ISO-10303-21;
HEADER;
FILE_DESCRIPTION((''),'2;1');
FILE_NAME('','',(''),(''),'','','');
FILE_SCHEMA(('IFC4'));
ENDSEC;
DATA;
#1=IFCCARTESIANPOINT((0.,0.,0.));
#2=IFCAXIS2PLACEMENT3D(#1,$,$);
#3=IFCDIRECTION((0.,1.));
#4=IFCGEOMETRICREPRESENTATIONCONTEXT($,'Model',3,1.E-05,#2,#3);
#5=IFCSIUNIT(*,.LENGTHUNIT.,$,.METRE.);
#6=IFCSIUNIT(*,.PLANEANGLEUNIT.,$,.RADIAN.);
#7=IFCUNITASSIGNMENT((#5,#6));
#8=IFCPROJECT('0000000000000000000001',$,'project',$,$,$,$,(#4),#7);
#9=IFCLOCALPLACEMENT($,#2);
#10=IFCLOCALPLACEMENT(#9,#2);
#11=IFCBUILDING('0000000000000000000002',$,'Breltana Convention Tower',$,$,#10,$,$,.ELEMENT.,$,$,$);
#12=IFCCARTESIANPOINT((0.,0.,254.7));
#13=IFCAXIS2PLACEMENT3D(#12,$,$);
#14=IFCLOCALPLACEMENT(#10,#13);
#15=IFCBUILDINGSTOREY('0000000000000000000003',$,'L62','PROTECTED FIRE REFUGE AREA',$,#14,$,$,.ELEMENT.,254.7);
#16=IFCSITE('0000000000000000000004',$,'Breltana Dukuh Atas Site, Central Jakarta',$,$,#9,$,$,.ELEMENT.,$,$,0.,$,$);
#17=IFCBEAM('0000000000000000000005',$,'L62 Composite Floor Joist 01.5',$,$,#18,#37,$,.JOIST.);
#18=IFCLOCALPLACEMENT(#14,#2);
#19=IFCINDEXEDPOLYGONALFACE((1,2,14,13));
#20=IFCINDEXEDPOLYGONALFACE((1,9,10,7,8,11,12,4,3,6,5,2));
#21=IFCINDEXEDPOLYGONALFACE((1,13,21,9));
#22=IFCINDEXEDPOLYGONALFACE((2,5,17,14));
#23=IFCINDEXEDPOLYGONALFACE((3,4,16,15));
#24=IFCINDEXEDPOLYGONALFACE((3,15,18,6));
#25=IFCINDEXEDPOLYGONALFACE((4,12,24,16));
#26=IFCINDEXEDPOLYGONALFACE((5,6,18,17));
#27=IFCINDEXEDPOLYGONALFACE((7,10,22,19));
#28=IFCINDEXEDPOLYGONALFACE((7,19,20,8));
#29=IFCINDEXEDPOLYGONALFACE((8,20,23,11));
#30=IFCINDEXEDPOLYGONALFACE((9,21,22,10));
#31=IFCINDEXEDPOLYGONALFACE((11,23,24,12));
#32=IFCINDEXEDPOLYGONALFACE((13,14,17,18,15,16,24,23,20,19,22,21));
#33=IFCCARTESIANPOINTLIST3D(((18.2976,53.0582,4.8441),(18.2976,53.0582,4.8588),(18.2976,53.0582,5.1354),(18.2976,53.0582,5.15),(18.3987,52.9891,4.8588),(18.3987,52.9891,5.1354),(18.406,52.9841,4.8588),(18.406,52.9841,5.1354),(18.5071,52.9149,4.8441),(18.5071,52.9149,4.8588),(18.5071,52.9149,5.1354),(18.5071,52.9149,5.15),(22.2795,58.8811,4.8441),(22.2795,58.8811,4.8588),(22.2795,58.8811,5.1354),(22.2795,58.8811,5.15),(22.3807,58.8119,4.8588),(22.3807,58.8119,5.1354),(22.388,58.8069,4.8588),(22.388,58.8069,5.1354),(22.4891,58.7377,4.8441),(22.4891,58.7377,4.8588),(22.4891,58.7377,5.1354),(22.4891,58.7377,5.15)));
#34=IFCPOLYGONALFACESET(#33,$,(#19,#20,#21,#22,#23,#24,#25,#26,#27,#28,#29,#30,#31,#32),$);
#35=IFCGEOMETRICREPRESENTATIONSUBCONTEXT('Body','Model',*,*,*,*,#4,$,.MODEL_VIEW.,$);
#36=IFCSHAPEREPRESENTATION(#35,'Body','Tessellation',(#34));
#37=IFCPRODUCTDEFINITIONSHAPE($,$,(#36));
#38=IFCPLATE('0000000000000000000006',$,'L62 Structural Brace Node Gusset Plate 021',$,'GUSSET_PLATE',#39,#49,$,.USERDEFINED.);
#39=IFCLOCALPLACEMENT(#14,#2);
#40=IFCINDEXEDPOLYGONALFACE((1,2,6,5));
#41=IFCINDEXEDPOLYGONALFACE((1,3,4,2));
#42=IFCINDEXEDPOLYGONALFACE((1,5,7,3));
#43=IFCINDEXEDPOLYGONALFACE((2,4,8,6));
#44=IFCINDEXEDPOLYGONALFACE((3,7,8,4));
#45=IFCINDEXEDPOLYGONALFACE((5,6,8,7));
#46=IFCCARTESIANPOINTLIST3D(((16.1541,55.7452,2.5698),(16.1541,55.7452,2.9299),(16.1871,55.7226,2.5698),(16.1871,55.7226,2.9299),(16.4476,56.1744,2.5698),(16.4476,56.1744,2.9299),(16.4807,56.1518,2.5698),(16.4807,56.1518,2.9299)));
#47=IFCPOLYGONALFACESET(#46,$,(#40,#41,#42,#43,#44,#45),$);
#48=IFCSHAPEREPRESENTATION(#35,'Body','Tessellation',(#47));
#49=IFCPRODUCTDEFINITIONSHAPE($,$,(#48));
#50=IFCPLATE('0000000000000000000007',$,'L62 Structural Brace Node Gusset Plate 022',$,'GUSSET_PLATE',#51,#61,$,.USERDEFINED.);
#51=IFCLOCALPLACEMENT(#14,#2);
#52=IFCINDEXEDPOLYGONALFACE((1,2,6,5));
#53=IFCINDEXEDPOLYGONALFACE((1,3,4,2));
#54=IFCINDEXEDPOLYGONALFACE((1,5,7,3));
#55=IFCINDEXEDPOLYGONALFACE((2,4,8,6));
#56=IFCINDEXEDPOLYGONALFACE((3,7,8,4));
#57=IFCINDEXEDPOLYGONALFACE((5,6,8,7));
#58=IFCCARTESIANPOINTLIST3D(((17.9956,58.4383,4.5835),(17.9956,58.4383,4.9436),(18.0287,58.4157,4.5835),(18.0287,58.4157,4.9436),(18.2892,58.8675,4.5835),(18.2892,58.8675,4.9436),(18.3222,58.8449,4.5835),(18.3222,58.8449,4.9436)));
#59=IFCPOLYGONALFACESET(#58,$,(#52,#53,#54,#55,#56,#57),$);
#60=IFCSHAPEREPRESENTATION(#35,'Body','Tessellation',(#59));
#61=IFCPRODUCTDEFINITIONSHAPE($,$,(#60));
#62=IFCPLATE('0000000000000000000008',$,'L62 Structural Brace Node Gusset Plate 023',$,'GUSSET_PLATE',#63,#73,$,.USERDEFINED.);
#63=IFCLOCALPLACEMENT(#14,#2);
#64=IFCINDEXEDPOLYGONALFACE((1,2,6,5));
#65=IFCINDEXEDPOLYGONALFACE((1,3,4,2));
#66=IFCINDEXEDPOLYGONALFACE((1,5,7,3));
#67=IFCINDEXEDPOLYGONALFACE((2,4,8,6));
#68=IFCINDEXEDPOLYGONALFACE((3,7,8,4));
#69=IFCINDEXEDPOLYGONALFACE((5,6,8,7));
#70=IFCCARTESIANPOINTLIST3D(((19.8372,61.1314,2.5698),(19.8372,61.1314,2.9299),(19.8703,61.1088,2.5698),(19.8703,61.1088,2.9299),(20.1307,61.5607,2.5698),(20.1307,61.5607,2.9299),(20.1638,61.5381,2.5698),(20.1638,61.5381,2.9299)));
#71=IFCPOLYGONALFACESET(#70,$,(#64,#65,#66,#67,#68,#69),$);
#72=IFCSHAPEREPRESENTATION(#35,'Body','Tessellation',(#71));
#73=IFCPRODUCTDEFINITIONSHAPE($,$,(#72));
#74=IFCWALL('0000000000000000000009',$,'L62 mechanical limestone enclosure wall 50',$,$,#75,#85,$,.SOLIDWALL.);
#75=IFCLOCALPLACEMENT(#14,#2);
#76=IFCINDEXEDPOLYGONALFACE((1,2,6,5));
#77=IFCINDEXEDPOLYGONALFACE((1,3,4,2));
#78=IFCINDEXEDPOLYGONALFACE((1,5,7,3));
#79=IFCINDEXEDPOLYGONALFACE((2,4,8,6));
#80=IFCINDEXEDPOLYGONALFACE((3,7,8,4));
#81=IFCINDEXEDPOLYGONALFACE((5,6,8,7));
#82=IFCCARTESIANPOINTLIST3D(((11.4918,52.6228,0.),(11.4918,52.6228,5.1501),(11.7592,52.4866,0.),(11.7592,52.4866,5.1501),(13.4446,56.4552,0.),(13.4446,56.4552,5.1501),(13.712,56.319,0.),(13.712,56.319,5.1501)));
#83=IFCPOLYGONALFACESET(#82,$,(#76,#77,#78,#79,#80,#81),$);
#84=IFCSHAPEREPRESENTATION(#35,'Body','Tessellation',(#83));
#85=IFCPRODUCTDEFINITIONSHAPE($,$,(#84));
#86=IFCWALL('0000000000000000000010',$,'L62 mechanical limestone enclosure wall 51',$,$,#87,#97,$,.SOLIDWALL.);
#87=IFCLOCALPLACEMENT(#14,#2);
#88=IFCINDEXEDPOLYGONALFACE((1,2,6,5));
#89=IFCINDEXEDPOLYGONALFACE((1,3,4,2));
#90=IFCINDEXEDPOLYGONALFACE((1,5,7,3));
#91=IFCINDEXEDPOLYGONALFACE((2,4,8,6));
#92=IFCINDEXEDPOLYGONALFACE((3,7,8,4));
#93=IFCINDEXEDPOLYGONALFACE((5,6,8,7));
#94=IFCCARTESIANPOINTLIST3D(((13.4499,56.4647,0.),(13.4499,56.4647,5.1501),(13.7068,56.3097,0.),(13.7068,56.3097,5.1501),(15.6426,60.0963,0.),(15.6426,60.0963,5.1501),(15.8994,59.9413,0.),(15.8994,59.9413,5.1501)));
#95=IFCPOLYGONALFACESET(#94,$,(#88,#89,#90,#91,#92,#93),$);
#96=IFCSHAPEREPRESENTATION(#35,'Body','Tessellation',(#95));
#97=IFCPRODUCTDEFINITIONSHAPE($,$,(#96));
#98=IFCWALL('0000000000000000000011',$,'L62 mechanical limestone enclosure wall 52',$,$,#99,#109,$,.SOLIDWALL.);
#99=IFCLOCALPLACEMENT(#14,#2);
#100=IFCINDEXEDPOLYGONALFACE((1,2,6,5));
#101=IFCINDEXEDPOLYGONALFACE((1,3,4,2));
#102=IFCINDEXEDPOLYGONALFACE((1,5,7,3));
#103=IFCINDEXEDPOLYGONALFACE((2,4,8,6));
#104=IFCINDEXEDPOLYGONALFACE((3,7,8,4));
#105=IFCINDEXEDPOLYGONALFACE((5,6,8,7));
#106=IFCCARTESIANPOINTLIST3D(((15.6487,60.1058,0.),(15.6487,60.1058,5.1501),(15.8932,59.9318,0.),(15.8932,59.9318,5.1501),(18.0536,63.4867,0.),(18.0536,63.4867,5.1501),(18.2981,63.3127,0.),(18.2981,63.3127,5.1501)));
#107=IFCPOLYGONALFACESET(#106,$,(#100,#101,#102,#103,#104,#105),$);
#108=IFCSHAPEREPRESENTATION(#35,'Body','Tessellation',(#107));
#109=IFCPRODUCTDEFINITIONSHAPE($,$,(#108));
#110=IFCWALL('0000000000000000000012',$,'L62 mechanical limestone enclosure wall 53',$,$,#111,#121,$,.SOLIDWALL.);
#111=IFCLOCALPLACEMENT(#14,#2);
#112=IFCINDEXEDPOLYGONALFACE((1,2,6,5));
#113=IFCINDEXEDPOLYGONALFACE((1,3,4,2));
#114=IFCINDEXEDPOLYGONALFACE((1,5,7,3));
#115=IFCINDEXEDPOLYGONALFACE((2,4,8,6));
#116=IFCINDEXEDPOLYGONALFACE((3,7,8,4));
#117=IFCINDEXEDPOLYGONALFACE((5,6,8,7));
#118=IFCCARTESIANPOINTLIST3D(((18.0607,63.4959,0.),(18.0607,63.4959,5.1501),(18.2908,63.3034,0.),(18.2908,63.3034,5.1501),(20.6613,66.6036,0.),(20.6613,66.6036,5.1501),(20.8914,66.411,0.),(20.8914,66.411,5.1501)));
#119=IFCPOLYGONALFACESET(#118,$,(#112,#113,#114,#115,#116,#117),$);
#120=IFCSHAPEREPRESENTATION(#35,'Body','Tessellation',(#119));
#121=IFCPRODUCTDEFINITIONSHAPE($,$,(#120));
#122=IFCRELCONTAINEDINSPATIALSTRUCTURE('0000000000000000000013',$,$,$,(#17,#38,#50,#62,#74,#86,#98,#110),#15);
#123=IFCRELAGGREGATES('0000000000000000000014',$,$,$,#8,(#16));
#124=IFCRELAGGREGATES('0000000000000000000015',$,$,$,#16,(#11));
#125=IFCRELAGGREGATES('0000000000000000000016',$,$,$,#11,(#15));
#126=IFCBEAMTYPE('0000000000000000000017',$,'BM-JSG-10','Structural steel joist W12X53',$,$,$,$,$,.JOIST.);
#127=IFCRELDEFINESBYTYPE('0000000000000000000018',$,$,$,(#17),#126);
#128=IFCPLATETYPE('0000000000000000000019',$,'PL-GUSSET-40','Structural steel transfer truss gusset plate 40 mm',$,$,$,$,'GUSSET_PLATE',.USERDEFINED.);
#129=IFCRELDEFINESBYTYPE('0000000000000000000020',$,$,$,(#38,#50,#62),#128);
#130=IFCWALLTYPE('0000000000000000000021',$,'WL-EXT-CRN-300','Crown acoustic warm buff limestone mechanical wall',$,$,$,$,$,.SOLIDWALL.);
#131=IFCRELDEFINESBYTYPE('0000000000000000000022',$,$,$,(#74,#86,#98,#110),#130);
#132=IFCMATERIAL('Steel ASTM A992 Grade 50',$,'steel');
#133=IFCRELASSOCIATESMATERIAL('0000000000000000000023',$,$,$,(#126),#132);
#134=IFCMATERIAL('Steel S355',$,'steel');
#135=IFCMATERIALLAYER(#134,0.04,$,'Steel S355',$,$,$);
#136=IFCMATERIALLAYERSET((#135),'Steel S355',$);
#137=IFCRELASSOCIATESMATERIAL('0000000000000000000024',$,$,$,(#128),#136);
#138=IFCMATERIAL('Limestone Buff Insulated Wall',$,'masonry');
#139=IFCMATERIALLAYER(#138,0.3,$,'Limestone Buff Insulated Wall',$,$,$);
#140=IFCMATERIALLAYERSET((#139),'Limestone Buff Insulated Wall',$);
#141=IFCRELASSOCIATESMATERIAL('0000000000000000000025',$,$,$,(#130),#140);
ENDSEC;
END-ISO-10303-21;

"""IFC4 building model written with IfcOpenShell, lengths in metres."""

from ifc_helpers import new_model, si_unit, direction, frame, frame_2d, origin, origin_2d, place, context, subcontext, project, spatial, rectangle, i_section, extrude, source, transform, mapped, material, layer, layer_set, material_profile, profile_set, type_object, element, save


model = new_model("IFC4")

# Units and contexts
model_context = context("Model", 3, precision=1e-05, world=origin(), true_north=direction((0.0, 1.0)))
body_context = subcontext(model_context, "Body", "Model", "MODEL_VIEW")
ifc_project = project(units=[si_unit("LENGTHUNIT", "METRE"), si_unit("PLANEANGLEUNIT", "RADIAN")], contexts=[model_context])

# Site, building, storey
site_placement = place(None, origin())
site = spatial("IfcSite", under=ifc_project, at=site_placement, Name="Breltana Dukuh Atas Site, Central Jakarta", CompositionType="ELEMENT", RefElevation=0.0)
building_placement = place(site_placement, origin())
building = spatial("IfcBuilding", under=site, at=building_placement, Name="Breltana Convention Tower", CompositionType="ELEMENT")
storey_placement = place(building_placement, frame((0.0, 0.0, 254.7)))
storey = spatial("IfcBuildingStorey", under=building, at=storey_placement, Name="L62", Description="PROTECTED FIRE REFUGE AREA", CompositionType="ELEMENT", Elevation=254.7)

# Shared definitions
ifc_material_1 = material(Name="Steel ASTM A992 Grade 50", Category="steel")

# Beam
ifc_material_profile_1 = material_profile(ifc_material_1, i_section(OverallWidth=0.2539, OverallDepth=0.3059, WebThickness=0.0088, FlangeThickness=0.0146, at=origin_2d()), Name="W12X53")
ifc_profile_set_1 = profile_set([ifc_material_profile_1], Name="Steel ASTM A992 Grade 50")
beam_type_1 = type_object("IfcBeamType", Name="BM-JSG-10", Description="Structural steel joist W12X53", PredefinedType="JOIST", material=ifc_profile_set_1)
shared_shape_1 = source(origin(), body_context, "Body", "SweptSolid", [
    extrude(i_section(OverallWidth=0.2539, OverallDepth=0.3059, WebThickness=0.0088, FlangeThickness=0.0146, at=origin_2d()), origin(), (0.0, 0.0, 1.0), 7.0542),
])
beam_1_placement = place(storey_placement, frame((18.4023, 52.9866, 4.9971), z_axis=(0.564485, 0.825443, 0.0), x_axis=(-0.825443, 0.564485, 0.0)))
element("IfcBeam", 1, at=beam_1_placement, inside=storey, type_object=beam_type_1, Name="L62 Composite Floor Joist 01.5", PredefinedType="JOIST", context=body_context, shape_type="MappedRepresentation", body=[
    mapped(shared_shape_1, transform((0.0, 0.0, 0.0), scale=1.0)),
])

# Plates
ifc_material_2 = material(Name="Steel S355", Category="steel")
ifc_layer_1 = layer(ifc_material_2, 0.04, Name="Steel S355")
ifc_layer_set_1 = layer_set([ifc_layer_1], Name="Steel S355")
plate_type = type_object("IfcPlateType", Name="PL-GUSSET-40", Description="Structural steel transfer truss gusset plate 40 mm", ElementType="GUSSET_PLATE", PredefinedType="USERDEFINED", material=ifc_layer_set_1)
shared_shape_2 = source(origin(), body_context, "Body", "SweptSolid", [
    extrude(rectangle(XDim=0.52, YDim=0.04, at=origin_2d()), origin(), (0.0, 0.0, 1.0), 0.3601),
])
for number, where, z_axis, x_axis, name in (
    (2, (16.3174, 55.9485, 2.5698), (0.0, 0.0, 1.0), (0.564535, 0.825409, 0.0), "L62 Structural Brace Node Gusset Plate 021"),
    (3, (18.1589, 58.6416, 4.5835), (0.0, 0.0, 1.0), (0.564535, 0.825409, 0.0), "L62 Structural Brace Node Gusset Plate 022"),
    (4, (20.0005, 61.3347, 2.5698), (0.0, 0.0, 1.0), (0.564391, 0.825508, 0.0), "L62 Structural Brace Node Gusset Plate 023"),
):
    element("IfcPlate", number, at=place(storey_placement, frame(where, z_axis=z_axis, x_axis=x_axis)), inside=storey, type_object=plate_type, Name=name, ObjectType="GUSSET_PLATE", PredefinedType="USERDEFINED", context=body_context, shape_type="MappedRepresentation", body=[
        mapped(shared_shape_2, transform((0.0, 0.0, 0.0), scale=1.0)),
    ])

# Walls
ifc_material_3 = material(Name="Limestone Buff Insulated Wall", Category="masonry")
ifc_layer_2 = layer(ifc_material_3, 0.3, Name="Limestone Buff Insulated Wall")
ifc_layer_set_2 = layer_set([ifc_layer_2], Name="Limestone Buff Insulated Wall")
wall_type = type_object("IfcWallType", Name="WL-EXT-CRN-300", Description="Crown acoustic warm buff limestone mechanical wall", PredefinedType="SOLIDWALL", material=ifc_layer_set_2)
shared_shape_3 = source(origin(), body_context, "Body", "SweptSolid", [
    extrude(rectangle(XDim=4.3013, YDim=0.3, at=frame_2d((2.1506, 0.0))), origin(), (0.0, 0.0, 1.0), 5.1501),
])
wall_1_placement = place(storey_placement, frame((11.6255, 52.5547, 0.0), z_axis=(0.0, 0.0, 1.0), x_axis=(0.454012, 0.890996, 0.0)))
element("IfcWall", 5, at=wall_1_placement, inside=storey, type_object=wall_type, Name="L62 mechanical limestone enclosure wall 50", PredefinedType="SOLIDWALL", context=body_context, shape_type="MappedRepresentation", body=[
    mapped(shared_shape_3, transform((0.0, 0.0, 0.0), scale=1.0)),
])
shared_shape_4 = source(origin(), body_context, "Body", "SweptSolid", [
    extrude(rectangle(XDim=4.2422, YDim=0.3, at=frame_2d((2.1211, 0.0))), origin(), (0.0, 0.0, 1.0), 5.1501),
])
wall_2_placement = place(storey_placement, frame((13.5784, 56.3872, 0.0), z_axis=(0.0, 0.0, 1.0), x_axis=(0.516864, 0.856068, 0.0)))
element("IfcWall", 6, at=wall_2_placement, inside=storey, type_object=wall_type, Name="L62 mechanical limestone enclosure wall 51", PredefinedType="SOLIDWALL", context=body_context, shape_type="MappedRepresentation", body=[
    mapped(shared_shape_4, transform((0.0, 0.0, 0.0), scale=1.0)),
])
shared_shape_5 = source(origin(), body_context, "Body", "SweptSolid", [
    extrude(rectangle(XDim=4.1489, YDim=0.3, at=frame_2d((2.0745, 0.0))), origin(), (0.0, 0.0, 1.0), 5.1501),
])
wall_3_placement = place(storey_placement, frame((15.771, 60.0188, 0.0), z_axis=(0.0, 0.0, 1.0), x_axis=(0.579623, 0.814885, 0.0)))
element("IfcWall", 7, at=wall_3_placement, inside=storey, type_object=wall_type, Name="L62 mechanical limestone enclosure wall 52", PredefinedType="SOLIDWALL", context=body_context, shape_type="MappedRepresentation", body=[
    mapped(shared_shape_5, transform((0.0, 0.0, 0.0), scale=1.0)),
])
shared_shape_6 = source(origin(), body_context, "Body", "SweptSolid", [
    extrude(rectangle(XDim=4.0522, YDim=0.3, at=frame_2d((2.0261, 0.0))), origin(), (0.0, 0.0, 1.0), 5.1501),
])
wall_4_placement = place(storey_placement, frame((18.1758, 63.3997, 0.0), z_axis=(0.0, 0.0, 1.0), x_axis=(0.641765, 0.766901, 0.0)))
element("IfcWall", 8, at=wall_4_placement, inside=storey, type_object=wall_type, Name="L62 mechanical limestone enclosure wall 53", PredefinedType="SOLIDWALL", context=body_context, shape_type="MappedRepresentation", body=[
    mapped(shared_shape_6, transform((0.0, 0.0, 0.0), scale=1.0)),
])

save(model, "model.ifc")
